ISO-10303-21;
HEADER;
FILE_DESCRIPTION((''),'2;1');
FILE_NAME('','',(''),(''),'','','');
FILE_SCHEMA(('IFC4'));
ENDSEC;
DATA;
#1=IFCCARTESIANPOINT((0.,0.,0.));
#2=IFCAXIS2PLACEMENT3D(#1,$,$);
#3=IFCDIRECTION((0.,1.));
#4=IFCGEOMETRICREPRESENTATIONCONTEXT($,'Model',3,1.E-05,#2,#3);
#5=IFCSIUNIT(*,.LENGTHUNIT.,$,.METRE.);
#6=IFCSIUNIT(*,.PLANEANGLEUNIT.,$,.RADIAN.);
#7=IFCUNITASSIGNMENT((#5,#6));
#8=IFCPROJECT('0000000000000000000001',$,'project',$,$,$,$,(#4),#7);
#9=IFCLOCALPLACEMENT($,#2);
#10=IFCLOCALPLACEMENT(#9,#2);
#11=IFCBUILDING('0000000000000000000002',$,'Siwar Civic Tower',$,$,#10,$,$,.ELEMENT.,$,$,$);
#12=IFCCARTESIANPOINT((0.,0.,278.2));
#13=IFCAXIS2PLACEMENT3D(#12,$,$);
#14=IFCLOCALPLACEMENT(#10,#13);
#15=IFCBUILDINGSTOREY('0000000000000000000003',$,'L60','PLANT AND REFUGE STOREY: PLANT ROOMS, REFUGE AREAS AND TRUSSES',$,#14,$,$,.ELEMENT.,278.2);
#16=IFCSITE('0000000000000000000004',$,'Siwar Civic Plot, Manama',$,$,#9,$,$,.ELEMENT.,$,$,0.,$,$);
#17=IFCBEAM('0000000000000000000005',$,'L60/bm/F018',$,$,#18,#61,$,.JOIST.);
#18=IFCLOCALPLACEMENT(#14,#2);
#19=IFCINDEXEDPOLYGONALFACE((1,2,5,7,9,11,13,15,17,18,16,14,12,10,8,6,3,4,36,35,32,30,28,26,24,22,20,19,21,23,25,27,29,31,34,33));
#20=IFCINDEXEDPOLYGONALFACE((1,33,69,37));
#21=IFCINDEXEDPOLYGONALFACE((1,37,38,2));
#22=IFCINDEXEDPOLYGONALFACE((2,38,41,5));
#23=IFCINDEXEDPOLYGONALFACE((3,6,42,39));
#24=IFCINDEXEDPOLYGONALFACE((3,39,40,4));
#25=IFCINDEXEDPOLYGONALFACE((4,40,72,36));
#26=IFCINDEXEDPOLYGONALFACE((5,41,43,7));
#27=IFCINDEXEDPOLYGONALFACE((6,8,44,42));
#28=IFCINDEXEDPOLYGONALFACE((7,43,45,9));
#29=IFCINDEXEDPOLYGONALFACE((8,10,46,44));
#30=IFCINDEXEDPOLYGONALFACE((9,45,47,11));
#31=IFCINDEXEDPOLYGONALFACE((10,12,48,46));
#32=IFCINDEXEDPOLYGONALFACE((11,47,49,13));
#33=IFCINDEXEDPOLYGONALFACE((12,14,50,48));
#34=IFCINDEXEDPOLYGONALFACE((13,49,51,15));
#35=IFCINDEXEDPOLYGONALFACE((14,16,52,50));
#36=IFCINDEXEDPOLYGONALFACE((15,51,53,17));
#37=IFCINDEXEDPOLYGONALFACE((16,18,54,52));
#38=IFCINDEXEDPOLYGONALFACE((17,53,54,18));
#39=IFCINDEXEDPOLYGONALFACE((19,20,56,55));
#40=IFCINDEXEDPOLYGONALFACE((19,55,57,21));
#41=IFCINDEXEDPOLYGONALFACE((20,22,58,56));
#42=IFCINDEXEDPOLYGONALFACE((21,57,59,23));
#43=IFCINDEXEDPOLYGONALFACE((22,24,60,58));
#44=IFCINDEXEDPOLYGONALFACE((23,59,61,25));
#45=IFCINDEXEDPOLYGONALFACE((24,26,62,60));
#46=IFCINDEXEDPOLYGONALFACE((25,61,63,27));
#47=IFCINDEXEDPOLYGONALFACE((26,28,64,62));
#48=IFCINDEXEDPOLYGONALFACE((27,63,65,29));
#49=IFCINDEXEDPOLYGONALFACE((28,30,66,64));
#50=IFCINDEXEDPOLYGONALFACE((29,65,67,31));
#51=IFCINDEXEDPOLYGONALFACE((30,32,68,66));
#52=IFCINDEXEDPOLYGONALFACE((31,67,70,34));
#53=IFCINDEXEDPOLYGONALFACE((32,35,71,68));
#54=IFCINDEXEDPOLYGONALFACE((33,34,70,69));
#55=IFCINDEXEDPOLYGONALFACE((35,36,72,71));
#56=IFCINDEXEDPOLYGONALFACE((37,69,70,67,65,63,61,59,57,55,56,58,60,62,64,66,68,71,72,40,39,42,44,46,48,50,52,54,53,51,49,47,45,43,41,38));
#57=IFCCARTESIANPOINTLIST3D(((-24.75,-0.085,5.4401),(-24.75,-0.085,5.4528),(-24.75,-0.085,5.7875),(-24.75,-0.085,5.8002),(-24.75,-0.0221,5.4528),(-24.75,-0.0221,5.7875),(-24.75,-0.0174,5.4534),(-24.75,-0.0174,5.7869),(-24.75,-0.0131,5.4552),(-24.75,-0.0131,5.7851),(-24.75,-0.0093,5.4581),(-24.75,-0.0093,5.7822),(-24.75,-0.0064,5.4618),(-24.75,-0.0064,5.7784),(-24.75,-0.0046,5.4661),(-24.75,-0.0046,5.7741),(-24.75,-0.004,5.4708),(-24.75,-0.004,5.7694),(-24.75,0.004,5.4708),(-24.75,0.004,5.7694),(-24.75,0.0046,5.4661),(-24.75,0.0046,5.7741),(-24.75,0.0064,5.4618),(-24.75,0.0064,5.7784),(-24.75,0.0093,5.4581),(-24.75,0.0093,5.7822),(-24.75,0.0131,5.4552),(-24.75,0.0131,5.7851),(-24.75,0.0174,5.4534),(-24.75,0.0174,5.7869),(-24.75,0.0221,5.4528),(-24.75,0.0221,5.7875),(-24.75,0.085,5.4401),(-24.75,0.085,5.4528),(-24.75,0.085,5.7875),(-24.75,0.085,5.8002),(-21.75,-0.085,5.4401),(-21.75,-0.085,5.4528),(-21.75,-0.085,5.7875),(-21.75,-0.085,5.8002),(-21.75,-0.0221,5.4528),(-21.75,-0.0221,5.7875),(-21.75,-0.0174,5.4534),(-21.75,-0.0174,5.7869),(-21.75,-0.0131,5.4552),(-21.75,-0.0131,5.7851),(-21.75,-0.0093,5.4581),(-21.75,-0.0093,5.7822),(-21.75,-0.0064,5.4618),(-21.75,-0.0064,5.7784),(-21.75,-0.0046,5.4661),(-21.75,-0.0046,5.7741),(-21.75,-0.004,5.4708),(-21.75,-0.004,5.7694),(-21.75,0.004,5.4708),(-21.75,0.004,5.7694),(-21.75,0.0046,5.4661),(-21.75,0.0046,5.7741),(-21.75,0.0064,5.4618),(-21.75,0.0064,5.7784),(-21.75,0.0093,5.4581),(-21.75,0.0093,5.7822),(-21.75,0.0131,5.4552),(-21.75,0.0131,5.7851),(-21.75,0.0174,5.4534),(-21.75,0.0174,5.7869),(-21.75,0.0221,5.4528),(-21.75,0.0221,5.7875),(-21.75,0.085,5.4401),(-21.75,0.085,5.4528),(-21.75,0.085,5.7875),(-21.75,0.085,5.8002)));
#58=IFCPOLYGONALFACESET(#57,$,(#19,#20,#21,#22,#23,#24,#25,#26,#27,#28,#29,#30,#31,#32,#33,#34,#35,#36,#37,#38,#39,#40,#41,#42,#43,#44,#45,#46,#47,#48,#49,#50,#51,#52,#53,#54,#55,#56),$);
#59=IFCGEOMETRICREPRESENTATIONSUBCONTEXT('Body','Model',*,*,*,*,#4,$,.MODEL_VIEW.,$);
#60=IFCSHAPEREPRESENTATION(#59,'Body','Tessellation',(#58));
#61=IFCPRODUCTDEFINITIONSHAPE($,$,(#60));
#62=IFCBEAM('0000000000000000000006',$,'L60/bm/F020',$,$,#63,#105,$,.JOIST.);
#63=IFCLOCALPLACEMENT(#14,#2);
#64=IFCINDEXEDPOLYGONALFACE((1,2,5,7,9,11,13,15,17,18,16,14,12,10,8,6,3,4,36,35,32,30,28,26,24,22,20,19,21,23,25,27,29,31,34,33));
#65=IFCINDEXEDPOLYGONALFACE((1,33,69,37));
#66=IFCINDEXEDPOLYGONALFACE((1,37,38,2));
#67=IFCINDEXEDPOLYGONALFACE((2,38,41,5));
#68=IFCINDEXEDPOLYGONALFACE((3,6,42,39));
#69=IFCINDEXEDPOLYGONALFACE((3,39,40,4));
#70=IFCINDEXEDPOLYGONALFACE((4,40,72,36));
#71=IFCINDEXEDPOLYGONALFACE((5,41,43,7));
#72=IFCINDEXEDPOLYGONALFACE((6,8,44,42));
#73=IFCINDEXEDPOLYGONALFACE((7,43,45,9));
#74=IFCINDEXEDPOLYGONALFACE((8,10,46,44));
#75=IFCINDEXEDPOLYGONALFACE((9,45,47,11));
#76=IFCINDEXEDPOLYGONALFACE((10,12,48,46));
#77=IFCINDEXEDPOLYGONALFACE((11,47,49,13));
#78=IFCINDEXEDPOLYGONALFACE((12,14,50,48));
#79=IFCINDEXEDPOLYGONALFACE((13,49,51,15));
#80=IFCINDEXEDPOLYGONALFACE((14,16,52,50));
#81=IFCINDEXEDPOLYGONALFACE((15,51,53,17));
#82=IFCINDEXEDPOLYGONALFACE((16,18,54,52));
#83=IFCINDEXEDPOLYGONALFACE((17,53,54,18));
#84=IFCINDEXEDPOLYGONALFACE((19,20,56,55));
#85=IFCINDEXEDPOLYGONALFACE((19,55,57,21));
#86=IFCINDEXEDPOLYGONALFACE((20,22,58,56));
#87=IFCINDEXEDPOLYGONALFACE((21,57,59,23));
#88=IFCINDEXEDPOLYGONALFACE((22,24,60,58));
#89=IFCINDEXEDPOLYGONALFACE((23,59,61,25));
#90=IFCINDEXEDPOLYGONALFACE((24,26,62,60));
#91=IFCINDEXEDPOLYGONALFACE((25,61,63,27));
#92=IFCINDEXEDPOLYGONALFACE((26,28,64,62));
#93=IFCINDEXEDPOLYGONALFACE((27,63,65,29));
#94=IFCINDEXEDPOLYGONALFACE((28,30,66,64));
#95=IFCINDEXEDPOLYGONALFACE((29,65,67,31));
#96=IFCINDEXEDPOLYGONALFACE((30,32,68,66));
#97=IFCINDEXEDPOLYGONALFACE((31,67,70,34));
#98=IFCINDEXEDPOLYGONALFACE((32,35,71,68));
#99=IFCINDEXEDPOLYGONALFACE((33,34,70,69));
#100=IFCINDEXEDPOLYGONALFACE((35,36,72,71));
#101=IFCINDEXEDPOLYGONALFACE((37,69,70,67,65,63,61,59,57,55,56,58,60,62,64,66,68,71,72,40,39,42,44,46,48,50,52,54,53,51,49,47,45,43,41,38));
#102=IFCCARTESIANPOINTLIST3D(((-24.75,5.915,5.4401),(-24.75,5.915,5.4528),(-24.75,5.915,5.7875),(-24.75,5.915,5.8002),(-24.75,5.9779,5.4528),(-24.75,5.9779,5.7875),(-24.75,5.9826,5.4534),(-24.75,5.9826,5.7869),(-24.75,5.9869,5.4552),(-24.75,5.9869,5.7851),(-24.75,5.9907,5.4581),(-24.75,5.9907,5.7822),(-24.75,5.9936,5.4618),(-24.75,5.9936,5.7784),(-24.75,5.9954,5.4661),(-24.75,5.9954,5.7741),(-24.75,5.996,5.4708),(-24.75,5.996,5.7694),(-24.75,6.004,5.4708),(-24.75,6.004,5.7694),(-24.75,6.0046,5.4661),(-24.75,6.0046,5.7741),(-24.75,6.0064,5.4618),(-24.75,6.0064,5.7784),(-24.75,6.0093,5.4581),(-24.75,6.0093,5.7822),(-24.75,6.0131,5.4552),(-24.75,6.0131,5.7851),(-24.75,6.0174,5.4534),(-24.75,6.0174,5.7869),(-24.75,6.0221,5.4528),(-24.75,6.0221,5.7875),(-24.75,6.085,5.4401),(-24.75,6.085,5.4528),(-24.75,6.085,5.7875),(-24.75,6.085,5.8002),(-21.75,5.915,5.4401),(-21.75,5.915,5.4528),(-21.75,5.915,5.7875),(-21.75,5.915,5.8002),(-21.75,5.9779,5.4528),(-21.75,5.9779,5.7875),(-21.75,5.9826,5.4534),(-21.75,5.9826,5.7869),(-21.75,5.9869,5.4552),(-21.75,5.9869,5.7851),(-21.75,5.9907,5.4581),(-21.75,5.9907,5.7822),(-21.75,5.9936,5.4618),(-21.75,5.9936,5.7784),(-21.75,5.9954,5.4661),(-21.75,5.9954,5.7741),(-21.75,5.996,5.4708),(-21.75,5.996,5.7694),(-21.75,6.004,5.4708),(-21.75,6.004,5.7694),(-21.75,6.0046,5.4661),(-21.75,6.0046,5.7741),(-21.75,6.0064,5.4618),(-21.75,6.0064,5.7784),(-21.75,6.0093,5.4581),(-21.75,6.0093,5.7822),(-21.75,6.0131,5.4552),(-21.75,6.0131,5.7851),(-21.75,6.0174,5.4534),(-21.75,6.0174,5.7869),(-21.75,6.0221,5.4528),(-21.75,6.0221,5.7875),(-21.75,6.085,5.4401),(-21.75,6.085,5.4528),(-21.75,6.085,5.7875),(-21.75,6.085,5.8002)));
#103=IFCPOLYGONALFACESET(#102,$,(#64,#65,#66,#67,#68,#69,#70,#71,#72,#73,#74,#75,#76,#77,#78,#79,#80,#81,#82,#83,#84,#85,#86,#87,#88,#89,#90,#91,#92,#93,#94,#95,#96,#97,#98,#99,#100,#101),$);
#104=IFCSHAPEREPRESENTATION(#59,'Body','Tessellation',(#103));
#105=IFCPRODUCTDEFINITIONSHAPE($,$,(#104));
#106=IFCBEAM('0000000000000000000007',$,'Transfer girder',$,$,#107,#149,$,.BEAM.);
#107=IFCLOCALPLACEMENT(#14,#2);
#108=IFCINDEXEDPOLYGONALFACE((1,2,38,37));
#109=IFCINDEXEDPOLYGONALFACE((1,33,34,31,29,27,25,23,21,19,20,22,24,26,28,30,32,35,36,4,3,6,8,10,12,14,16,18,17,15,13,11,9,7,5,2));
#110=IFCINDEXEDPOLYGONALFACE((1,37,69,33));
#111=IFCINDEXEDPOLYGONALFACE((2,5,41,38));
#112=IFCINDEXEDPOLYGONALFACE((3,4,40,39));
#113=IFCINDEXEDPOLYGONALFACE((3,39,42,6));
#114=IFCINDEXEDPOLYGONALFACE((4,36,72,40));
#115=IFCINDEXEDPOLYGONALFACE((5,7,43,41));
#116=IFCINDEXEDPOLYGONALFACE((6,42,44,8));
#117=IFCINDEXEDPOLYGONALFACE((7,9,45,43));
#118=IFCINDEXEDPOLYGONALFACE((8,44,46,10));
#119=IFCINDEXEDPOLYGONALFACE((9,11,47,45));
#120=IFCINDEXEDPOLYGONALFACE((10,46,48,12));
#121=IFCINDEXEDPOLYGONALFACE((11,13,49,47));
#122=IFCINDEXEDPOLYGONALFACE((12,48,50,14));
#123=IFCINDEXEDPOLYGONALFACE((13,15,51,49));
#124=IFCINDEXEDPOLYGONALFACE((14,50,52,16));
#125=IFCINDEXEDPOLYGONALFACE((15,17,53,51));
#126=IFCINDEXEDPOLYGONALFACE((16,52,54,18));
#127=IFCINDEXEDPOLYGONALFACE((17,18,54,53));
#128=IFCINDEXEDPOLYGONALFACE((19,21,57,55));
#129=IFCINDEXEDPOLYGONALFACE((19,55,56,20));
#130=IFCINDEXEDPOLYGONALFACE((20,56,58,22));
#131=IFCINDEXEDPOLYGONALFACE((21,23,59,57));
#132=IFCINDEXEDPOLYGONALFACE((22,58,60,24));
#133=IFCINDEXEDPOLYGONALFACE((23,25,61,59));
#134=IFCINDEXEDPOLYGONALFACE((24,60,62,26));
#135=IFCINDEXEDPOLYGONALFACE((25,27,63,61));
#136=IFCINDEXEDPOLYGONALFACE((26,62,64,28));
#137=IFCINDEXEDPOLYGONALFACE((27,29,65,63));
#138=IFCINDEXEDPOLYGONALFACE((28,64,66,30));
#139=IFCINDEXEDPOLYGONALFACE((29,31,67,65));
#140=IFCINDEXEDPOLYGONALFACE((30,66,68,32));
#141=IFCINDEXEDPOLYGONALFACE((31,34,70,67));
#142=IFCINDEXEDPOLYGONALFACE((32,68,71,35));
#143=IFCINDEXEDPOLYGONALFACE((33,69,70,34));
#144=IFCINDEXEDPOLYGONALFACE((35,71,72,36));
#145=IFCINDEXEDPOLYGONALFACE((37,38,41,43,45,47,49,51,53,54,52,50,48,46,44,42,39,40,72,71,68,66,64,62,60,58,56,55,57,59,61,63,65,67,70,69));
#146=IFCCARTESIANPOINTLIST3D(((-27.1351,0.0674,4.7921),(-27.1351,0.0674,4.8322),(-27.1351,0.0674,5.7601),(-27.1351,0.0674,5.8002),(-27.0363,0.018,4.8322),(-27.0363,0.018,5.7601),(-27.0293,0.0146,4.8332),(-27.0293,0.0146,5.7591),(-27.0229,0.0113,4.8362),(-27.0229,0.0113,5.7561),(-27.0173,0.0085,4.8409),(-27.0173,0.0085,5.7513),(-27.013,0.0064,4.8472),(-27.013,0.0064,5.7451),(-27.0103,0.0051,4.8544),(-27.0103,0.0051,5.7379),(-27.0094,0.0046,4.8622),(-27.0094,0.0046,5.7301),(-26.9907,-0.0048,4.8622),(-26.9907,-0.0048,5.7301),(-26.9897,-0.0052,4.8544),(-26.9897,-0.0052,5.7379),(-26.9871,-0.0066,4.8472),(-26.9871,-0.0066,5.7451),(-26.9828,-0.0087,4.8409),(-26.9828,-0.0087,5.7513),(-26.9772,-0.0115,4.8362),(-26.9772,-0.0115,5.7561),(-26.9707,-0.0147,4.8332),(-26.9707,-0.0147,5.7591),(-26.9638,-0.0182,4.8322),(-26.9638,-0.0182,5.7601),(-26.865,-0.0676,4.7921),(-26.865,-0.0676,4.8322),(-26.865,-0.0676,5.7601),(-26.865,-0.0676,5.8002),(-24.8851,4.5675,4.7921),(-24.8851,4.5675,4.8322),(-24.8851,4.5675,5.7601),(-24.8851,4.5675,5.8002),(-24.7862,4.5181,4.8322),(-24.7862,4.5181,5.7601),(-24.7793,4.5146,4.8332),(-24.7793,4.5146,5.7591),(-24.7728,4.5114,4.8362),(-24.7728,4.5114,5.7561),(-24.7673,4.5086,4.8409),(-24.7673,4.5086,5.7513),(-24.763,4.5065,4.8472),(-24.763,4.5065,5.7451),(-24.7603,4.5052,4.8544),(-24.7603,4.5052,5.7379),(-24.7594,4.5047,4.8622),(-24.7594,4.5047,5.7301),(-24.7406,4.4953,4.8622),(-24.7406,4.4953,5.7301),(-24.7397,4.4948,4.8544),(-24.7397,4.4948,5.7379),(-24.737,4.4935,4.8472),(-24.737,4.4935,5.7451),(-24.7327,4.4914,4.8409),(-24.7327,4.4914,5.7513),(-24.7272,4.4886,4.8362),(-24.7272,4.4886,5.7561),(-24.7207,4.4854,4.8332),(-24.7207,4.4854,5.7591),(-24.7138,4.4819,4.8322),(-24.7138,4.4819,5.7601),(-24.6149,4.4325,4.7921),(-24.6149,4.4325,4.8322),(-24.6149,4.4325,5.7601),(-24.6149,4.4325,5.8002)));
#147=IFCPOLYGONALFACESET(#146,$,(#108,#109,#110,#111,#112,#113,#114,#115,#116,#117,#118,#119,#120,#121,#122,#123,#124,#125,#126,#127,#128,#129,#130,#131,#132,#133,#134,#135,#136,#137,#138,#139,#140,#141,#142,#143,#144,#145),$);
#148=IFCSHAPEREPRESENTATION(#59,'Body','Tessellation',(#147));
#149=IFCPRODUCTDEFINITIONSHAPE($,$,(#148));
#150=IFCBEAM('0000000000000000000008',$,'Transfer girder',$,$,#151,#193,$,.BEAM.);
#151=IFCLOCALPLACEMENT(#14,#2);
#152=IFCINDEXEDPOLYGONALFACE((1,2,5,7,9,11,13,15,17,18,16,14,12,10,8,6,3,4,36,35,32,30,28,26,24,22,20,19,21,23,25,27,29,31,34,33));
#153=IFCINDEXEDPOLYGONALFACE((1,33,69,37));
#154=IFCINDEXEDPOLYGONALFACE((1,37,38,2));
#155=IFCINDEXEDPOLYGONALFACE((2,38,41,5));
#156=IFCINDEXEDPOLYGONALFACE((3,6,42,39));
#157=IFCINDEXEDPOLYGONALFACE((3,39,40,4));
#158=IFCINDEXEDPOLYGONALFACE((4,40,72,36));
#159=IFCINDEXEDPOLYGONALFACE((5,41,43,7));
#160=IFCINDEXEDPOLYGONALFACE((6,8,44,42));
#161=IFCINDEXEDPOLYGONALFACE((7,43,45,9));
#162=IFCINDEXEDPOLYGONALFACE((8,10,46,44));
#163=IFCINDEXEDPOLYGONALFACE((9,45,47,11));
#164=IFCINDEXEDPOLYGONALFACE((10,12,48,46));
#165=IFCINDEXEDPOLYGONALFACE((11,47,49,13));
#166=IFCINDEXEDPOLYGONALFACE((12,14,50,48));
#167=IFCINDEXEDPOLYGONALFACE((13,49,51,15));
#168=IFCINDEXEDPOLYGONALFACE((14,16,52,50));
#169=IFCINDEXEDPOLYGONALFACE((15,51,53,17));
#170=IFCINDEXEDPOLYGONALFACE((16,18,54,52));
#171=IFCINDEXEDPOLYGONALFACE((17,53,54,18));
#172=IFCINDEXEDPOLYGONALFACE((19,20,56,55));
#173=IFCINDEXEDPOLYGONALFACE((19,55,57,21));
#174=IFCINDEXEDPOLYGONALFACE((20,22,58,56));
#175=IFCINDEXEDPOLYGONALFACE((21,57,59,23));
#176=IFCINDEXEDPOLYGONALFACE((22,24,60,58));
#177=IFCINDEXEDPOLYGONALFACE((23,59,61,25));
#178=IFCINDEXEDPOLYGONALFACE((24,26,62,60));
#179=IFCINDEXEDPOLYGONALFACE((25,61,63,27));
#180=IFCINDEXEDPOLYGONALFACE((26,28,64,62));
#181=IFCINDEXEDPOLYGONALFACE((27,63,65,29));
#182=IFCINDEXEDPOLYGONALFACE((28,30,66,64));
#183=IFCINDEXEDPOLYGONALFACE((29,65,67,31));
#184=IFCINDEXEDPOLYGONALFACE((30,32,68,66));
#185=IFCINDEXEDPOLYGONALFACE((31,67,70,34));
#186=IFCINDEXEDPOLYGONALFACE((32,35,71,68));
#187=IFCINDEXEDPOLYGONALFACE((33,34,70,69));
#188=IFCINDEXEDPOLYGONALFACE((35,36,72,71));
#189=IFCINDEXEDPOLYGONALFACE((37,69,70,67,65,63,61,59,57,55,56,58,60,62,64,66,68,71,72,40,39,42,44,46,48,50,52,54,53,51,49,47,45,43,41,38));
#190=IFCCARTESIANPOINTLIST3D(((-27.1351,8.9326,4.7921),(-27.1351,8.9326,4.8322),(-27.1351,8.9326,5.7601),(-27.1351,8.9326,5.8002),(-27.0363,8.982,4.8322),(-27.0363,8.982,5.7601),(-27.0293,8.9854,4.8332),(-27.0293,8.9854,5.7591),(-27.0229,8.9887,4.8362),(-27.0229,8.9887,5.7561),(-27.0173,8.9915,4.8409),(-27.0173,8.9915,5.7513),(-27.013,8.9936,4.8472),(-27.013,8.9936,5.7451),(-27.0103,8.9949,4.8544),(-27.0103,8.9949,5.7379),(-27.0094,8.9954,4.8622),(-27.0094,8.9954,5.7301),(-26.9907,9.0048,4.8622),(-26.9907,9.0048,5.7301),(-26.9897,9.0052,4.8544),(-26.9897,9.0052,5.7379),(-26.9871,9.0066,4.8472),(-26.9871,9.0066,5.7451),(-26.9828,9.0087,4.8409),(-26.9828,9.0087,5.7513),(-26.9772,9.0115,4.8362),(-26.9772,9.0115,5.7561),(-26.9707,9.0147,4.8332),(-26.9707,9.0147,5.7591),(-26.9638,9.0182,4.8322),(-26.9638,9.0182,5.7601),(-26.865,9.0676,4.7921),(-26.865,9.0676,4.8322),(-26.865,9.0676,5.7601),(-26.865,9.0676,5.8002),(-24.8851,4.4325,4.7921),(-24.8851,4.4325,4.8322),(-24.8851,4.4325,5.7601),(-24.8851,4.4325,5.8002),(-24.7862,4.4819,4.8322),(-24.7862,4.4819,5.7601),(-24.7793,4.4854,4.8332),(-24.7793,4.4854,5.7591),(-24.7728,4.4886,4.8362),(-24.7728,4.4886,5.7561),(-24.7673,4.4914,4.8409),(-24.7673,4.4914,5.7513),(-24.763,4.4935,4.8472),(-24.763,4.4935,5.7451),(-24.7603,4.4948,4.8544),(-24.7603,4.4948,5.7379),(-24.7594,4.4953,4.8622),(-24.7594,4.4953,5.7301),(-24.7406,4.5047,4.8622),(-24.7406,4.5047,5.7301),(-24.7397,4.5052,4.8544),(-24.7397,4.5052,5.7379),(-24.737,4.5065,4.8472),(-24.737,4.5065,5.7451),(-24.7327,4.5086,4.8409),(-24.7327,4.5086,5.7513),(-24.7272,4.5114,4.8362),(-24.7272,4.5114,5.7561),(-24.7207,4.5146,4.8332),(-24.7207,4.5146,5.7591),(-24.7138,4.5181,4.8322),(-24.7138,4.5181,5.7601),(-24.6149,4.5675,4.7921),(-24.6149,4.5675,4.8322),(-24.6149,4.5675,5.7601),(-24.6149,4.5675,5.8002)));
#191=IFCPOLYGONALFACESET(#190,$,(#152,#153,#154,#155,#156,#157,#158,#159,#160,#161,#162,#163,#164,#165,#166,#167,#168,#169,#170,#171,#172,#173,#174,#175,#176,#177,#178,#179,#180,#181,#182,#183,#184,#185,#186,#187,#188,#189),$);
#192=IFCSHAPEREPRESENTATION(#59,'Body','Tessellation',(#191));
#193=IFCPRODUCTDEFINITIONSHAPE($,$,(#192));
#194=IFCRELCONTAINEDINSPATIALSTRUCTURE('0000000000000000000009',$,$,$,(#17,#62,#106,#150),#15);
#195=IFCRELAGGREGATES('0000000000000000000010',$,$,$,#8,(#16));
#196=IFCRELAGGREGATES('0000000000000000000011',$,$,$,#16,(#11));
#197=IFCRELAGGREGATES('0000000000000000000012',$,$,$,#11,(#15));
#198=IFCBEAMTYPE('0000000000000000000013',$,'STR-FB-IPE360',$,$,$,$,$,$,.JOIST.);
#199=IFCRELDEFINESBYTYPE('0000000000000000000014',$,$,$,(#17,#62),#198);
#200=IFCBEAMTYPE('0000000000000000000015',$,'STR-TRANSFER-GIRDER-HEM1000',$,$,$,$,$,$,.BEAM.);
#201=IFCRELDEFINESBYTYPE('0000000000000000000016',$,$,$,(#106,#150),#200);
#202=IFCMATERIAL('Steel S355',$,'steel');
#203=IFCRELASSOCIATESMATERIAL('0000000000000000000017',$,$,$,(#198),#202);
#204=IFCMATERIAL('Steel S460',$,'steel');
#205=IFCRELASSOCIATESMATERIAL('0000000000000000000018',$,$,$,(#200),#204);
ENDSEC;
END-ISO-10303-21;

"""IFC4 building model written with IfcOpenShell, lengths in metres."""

from ifc_helpers import new_model, si_unit, direction, frame, origin, origin_2d, place, context, subcontext, project, spatial, i_section, extrude, material, material_profile, profile_set, type_object, element, save


model = new_model("IFC4")

# Units and contexts
model_context = context("Model", 3, precision=1e-05, world=origin(), true_north=direction((0.0, 1.0)))
body_context = subcontext(model_context, "Body", "Model", "MODEL_VIEW")
ifc_project = project(units=[si_unit("LENGTHUNIT", "METRE"), si_unit("PLANEANGLEUNIT", "RADIAN")], contexts=[model_context])

# Site, building, storey
site_placement = place(None, origin())
site = spatial("IfcSite", under=ifc_project, at=site_placement, Name="Siwar Civic Plot, Manama", CompositionType="ELEMENT", RefElevation=0.0)
building_placement = place(site_placement, origin())
building = spatial("IfcBuilding", under=site, at=building_placement, Name="Siwar Civic Tower", CompositionType="ELEMENT")
storey_placement = place(building_placement, frame((0.0, 0.0, 278.2)))
storey = spatial("IfcBuildingStorey", under=building, at=storey_placement, Name="L60", Description="PLANT AND REFUGE STOREY: PLANT ROOMS, REFUGE AREAS AND TRUSSES", CompositionType="ELEMENT", Elevation=278.2)

# Beams
ifc_material_1 = material(Name="Steel S355", Category="steel")
ifc_material_profile_1 = material_profile(ifc_material_1, i_section(OverallWidth=0.1699, OverallDepth=0.3601, WebThickness=0.0081, FlangeThickness=0.0127, FilletRadius=0.0181, at=origin_2d()), Name="IPE360")
ifc_profile_set_1 = profile_set([ifc_material_profile_1], Name="Steel S355")
beam_type_1 = type_object("IfcBeamType", Name="STR-FB-IPE360", PredefinedType="JOIST", material=ifc_profile_set_1)
for number, where, z_axis, x_axis, name in (
    (1, (-24.75, 0.0, 5.6201), (1.0, 0.0, 0.0), (0.0, 1.0, 0.0), "L60/bm/F018"),
    (2, (-24.75, 6.0, 5.6201), (1.0, 0.0, 0.0), (0.0, 1.0, 0.0), "L60/bm/F020"),
):
    element("IfcBeam", number, at=place(storey_placement, frame(where, z_axis=z_axis, x_axis=x_axis)), inside=storey, type_object=beam_type_1, Name=name, PredefinedType="JOIST", context=body_context, shape_type="SweptSolid", body=[
        extrude(i_section(OverallWidth=0.1699, OverallDepth=0.3601, WebThickness=0.0081, FlangeThickness=0.0127, FilletRadius=0.0181, at=origin_2d()), origin(), (0.0, 0.0, 1.0), 3.0),
    ])
ifc_material_2 = material(Name="Steel S460", Category="steel")
ifc_material_profile_2 = material_profile(ifc_material_2, i_section(OverallWidth=0.302, OverallDepth=1.0081, WebThickness=0.021, FlangeThickness=0.04, FilletRadius=0.03, at=origin_2d()), Name="HEM1000")
ifc_profile_set_2 = profile_set([ifc_material_profile_2], Name="Steel S460")
beam_type_2 = type_object("IfcBeamType", Name="STR-TRANSFER-GIRDER-HEM1000", PredefinedType="BEAM", material=ifc_profile_set_2)
for number, where, z_axis, x_axis, name in (
    (3, (-24.75, 4.5, 5.2961), (-0.447214, -0.894427, 0.0), (0.894427, -0.447214, 0.0), "Transfer girder"),
    (4, (-24.75, 4.5, 5.2961), (-0.447214, 0.894427, 0.0), (-0.894427, -0.447214, 0.0), "Transfer girder"),
):
    element("IfcBeam", number, at=place(storey_placement, frame(where, z_axis=z_axis, x_axis=x_axis)), inside=storey, type_object=beam_type_2, Name=name, PredefinedType="BEAM", context=body_context, shape_type="SweptSolid", body=[
        extrude(i_section(OverallWidth=0.302, OverallDepth=1.0081, WebThickness=0.021, FlangeThickness=0.04, FilletRadius=0.03, at=origin_2d()), origin(), (0.0, 0.0, 1.0), 5.0312),
    ])

save(model, "model.ifc")
